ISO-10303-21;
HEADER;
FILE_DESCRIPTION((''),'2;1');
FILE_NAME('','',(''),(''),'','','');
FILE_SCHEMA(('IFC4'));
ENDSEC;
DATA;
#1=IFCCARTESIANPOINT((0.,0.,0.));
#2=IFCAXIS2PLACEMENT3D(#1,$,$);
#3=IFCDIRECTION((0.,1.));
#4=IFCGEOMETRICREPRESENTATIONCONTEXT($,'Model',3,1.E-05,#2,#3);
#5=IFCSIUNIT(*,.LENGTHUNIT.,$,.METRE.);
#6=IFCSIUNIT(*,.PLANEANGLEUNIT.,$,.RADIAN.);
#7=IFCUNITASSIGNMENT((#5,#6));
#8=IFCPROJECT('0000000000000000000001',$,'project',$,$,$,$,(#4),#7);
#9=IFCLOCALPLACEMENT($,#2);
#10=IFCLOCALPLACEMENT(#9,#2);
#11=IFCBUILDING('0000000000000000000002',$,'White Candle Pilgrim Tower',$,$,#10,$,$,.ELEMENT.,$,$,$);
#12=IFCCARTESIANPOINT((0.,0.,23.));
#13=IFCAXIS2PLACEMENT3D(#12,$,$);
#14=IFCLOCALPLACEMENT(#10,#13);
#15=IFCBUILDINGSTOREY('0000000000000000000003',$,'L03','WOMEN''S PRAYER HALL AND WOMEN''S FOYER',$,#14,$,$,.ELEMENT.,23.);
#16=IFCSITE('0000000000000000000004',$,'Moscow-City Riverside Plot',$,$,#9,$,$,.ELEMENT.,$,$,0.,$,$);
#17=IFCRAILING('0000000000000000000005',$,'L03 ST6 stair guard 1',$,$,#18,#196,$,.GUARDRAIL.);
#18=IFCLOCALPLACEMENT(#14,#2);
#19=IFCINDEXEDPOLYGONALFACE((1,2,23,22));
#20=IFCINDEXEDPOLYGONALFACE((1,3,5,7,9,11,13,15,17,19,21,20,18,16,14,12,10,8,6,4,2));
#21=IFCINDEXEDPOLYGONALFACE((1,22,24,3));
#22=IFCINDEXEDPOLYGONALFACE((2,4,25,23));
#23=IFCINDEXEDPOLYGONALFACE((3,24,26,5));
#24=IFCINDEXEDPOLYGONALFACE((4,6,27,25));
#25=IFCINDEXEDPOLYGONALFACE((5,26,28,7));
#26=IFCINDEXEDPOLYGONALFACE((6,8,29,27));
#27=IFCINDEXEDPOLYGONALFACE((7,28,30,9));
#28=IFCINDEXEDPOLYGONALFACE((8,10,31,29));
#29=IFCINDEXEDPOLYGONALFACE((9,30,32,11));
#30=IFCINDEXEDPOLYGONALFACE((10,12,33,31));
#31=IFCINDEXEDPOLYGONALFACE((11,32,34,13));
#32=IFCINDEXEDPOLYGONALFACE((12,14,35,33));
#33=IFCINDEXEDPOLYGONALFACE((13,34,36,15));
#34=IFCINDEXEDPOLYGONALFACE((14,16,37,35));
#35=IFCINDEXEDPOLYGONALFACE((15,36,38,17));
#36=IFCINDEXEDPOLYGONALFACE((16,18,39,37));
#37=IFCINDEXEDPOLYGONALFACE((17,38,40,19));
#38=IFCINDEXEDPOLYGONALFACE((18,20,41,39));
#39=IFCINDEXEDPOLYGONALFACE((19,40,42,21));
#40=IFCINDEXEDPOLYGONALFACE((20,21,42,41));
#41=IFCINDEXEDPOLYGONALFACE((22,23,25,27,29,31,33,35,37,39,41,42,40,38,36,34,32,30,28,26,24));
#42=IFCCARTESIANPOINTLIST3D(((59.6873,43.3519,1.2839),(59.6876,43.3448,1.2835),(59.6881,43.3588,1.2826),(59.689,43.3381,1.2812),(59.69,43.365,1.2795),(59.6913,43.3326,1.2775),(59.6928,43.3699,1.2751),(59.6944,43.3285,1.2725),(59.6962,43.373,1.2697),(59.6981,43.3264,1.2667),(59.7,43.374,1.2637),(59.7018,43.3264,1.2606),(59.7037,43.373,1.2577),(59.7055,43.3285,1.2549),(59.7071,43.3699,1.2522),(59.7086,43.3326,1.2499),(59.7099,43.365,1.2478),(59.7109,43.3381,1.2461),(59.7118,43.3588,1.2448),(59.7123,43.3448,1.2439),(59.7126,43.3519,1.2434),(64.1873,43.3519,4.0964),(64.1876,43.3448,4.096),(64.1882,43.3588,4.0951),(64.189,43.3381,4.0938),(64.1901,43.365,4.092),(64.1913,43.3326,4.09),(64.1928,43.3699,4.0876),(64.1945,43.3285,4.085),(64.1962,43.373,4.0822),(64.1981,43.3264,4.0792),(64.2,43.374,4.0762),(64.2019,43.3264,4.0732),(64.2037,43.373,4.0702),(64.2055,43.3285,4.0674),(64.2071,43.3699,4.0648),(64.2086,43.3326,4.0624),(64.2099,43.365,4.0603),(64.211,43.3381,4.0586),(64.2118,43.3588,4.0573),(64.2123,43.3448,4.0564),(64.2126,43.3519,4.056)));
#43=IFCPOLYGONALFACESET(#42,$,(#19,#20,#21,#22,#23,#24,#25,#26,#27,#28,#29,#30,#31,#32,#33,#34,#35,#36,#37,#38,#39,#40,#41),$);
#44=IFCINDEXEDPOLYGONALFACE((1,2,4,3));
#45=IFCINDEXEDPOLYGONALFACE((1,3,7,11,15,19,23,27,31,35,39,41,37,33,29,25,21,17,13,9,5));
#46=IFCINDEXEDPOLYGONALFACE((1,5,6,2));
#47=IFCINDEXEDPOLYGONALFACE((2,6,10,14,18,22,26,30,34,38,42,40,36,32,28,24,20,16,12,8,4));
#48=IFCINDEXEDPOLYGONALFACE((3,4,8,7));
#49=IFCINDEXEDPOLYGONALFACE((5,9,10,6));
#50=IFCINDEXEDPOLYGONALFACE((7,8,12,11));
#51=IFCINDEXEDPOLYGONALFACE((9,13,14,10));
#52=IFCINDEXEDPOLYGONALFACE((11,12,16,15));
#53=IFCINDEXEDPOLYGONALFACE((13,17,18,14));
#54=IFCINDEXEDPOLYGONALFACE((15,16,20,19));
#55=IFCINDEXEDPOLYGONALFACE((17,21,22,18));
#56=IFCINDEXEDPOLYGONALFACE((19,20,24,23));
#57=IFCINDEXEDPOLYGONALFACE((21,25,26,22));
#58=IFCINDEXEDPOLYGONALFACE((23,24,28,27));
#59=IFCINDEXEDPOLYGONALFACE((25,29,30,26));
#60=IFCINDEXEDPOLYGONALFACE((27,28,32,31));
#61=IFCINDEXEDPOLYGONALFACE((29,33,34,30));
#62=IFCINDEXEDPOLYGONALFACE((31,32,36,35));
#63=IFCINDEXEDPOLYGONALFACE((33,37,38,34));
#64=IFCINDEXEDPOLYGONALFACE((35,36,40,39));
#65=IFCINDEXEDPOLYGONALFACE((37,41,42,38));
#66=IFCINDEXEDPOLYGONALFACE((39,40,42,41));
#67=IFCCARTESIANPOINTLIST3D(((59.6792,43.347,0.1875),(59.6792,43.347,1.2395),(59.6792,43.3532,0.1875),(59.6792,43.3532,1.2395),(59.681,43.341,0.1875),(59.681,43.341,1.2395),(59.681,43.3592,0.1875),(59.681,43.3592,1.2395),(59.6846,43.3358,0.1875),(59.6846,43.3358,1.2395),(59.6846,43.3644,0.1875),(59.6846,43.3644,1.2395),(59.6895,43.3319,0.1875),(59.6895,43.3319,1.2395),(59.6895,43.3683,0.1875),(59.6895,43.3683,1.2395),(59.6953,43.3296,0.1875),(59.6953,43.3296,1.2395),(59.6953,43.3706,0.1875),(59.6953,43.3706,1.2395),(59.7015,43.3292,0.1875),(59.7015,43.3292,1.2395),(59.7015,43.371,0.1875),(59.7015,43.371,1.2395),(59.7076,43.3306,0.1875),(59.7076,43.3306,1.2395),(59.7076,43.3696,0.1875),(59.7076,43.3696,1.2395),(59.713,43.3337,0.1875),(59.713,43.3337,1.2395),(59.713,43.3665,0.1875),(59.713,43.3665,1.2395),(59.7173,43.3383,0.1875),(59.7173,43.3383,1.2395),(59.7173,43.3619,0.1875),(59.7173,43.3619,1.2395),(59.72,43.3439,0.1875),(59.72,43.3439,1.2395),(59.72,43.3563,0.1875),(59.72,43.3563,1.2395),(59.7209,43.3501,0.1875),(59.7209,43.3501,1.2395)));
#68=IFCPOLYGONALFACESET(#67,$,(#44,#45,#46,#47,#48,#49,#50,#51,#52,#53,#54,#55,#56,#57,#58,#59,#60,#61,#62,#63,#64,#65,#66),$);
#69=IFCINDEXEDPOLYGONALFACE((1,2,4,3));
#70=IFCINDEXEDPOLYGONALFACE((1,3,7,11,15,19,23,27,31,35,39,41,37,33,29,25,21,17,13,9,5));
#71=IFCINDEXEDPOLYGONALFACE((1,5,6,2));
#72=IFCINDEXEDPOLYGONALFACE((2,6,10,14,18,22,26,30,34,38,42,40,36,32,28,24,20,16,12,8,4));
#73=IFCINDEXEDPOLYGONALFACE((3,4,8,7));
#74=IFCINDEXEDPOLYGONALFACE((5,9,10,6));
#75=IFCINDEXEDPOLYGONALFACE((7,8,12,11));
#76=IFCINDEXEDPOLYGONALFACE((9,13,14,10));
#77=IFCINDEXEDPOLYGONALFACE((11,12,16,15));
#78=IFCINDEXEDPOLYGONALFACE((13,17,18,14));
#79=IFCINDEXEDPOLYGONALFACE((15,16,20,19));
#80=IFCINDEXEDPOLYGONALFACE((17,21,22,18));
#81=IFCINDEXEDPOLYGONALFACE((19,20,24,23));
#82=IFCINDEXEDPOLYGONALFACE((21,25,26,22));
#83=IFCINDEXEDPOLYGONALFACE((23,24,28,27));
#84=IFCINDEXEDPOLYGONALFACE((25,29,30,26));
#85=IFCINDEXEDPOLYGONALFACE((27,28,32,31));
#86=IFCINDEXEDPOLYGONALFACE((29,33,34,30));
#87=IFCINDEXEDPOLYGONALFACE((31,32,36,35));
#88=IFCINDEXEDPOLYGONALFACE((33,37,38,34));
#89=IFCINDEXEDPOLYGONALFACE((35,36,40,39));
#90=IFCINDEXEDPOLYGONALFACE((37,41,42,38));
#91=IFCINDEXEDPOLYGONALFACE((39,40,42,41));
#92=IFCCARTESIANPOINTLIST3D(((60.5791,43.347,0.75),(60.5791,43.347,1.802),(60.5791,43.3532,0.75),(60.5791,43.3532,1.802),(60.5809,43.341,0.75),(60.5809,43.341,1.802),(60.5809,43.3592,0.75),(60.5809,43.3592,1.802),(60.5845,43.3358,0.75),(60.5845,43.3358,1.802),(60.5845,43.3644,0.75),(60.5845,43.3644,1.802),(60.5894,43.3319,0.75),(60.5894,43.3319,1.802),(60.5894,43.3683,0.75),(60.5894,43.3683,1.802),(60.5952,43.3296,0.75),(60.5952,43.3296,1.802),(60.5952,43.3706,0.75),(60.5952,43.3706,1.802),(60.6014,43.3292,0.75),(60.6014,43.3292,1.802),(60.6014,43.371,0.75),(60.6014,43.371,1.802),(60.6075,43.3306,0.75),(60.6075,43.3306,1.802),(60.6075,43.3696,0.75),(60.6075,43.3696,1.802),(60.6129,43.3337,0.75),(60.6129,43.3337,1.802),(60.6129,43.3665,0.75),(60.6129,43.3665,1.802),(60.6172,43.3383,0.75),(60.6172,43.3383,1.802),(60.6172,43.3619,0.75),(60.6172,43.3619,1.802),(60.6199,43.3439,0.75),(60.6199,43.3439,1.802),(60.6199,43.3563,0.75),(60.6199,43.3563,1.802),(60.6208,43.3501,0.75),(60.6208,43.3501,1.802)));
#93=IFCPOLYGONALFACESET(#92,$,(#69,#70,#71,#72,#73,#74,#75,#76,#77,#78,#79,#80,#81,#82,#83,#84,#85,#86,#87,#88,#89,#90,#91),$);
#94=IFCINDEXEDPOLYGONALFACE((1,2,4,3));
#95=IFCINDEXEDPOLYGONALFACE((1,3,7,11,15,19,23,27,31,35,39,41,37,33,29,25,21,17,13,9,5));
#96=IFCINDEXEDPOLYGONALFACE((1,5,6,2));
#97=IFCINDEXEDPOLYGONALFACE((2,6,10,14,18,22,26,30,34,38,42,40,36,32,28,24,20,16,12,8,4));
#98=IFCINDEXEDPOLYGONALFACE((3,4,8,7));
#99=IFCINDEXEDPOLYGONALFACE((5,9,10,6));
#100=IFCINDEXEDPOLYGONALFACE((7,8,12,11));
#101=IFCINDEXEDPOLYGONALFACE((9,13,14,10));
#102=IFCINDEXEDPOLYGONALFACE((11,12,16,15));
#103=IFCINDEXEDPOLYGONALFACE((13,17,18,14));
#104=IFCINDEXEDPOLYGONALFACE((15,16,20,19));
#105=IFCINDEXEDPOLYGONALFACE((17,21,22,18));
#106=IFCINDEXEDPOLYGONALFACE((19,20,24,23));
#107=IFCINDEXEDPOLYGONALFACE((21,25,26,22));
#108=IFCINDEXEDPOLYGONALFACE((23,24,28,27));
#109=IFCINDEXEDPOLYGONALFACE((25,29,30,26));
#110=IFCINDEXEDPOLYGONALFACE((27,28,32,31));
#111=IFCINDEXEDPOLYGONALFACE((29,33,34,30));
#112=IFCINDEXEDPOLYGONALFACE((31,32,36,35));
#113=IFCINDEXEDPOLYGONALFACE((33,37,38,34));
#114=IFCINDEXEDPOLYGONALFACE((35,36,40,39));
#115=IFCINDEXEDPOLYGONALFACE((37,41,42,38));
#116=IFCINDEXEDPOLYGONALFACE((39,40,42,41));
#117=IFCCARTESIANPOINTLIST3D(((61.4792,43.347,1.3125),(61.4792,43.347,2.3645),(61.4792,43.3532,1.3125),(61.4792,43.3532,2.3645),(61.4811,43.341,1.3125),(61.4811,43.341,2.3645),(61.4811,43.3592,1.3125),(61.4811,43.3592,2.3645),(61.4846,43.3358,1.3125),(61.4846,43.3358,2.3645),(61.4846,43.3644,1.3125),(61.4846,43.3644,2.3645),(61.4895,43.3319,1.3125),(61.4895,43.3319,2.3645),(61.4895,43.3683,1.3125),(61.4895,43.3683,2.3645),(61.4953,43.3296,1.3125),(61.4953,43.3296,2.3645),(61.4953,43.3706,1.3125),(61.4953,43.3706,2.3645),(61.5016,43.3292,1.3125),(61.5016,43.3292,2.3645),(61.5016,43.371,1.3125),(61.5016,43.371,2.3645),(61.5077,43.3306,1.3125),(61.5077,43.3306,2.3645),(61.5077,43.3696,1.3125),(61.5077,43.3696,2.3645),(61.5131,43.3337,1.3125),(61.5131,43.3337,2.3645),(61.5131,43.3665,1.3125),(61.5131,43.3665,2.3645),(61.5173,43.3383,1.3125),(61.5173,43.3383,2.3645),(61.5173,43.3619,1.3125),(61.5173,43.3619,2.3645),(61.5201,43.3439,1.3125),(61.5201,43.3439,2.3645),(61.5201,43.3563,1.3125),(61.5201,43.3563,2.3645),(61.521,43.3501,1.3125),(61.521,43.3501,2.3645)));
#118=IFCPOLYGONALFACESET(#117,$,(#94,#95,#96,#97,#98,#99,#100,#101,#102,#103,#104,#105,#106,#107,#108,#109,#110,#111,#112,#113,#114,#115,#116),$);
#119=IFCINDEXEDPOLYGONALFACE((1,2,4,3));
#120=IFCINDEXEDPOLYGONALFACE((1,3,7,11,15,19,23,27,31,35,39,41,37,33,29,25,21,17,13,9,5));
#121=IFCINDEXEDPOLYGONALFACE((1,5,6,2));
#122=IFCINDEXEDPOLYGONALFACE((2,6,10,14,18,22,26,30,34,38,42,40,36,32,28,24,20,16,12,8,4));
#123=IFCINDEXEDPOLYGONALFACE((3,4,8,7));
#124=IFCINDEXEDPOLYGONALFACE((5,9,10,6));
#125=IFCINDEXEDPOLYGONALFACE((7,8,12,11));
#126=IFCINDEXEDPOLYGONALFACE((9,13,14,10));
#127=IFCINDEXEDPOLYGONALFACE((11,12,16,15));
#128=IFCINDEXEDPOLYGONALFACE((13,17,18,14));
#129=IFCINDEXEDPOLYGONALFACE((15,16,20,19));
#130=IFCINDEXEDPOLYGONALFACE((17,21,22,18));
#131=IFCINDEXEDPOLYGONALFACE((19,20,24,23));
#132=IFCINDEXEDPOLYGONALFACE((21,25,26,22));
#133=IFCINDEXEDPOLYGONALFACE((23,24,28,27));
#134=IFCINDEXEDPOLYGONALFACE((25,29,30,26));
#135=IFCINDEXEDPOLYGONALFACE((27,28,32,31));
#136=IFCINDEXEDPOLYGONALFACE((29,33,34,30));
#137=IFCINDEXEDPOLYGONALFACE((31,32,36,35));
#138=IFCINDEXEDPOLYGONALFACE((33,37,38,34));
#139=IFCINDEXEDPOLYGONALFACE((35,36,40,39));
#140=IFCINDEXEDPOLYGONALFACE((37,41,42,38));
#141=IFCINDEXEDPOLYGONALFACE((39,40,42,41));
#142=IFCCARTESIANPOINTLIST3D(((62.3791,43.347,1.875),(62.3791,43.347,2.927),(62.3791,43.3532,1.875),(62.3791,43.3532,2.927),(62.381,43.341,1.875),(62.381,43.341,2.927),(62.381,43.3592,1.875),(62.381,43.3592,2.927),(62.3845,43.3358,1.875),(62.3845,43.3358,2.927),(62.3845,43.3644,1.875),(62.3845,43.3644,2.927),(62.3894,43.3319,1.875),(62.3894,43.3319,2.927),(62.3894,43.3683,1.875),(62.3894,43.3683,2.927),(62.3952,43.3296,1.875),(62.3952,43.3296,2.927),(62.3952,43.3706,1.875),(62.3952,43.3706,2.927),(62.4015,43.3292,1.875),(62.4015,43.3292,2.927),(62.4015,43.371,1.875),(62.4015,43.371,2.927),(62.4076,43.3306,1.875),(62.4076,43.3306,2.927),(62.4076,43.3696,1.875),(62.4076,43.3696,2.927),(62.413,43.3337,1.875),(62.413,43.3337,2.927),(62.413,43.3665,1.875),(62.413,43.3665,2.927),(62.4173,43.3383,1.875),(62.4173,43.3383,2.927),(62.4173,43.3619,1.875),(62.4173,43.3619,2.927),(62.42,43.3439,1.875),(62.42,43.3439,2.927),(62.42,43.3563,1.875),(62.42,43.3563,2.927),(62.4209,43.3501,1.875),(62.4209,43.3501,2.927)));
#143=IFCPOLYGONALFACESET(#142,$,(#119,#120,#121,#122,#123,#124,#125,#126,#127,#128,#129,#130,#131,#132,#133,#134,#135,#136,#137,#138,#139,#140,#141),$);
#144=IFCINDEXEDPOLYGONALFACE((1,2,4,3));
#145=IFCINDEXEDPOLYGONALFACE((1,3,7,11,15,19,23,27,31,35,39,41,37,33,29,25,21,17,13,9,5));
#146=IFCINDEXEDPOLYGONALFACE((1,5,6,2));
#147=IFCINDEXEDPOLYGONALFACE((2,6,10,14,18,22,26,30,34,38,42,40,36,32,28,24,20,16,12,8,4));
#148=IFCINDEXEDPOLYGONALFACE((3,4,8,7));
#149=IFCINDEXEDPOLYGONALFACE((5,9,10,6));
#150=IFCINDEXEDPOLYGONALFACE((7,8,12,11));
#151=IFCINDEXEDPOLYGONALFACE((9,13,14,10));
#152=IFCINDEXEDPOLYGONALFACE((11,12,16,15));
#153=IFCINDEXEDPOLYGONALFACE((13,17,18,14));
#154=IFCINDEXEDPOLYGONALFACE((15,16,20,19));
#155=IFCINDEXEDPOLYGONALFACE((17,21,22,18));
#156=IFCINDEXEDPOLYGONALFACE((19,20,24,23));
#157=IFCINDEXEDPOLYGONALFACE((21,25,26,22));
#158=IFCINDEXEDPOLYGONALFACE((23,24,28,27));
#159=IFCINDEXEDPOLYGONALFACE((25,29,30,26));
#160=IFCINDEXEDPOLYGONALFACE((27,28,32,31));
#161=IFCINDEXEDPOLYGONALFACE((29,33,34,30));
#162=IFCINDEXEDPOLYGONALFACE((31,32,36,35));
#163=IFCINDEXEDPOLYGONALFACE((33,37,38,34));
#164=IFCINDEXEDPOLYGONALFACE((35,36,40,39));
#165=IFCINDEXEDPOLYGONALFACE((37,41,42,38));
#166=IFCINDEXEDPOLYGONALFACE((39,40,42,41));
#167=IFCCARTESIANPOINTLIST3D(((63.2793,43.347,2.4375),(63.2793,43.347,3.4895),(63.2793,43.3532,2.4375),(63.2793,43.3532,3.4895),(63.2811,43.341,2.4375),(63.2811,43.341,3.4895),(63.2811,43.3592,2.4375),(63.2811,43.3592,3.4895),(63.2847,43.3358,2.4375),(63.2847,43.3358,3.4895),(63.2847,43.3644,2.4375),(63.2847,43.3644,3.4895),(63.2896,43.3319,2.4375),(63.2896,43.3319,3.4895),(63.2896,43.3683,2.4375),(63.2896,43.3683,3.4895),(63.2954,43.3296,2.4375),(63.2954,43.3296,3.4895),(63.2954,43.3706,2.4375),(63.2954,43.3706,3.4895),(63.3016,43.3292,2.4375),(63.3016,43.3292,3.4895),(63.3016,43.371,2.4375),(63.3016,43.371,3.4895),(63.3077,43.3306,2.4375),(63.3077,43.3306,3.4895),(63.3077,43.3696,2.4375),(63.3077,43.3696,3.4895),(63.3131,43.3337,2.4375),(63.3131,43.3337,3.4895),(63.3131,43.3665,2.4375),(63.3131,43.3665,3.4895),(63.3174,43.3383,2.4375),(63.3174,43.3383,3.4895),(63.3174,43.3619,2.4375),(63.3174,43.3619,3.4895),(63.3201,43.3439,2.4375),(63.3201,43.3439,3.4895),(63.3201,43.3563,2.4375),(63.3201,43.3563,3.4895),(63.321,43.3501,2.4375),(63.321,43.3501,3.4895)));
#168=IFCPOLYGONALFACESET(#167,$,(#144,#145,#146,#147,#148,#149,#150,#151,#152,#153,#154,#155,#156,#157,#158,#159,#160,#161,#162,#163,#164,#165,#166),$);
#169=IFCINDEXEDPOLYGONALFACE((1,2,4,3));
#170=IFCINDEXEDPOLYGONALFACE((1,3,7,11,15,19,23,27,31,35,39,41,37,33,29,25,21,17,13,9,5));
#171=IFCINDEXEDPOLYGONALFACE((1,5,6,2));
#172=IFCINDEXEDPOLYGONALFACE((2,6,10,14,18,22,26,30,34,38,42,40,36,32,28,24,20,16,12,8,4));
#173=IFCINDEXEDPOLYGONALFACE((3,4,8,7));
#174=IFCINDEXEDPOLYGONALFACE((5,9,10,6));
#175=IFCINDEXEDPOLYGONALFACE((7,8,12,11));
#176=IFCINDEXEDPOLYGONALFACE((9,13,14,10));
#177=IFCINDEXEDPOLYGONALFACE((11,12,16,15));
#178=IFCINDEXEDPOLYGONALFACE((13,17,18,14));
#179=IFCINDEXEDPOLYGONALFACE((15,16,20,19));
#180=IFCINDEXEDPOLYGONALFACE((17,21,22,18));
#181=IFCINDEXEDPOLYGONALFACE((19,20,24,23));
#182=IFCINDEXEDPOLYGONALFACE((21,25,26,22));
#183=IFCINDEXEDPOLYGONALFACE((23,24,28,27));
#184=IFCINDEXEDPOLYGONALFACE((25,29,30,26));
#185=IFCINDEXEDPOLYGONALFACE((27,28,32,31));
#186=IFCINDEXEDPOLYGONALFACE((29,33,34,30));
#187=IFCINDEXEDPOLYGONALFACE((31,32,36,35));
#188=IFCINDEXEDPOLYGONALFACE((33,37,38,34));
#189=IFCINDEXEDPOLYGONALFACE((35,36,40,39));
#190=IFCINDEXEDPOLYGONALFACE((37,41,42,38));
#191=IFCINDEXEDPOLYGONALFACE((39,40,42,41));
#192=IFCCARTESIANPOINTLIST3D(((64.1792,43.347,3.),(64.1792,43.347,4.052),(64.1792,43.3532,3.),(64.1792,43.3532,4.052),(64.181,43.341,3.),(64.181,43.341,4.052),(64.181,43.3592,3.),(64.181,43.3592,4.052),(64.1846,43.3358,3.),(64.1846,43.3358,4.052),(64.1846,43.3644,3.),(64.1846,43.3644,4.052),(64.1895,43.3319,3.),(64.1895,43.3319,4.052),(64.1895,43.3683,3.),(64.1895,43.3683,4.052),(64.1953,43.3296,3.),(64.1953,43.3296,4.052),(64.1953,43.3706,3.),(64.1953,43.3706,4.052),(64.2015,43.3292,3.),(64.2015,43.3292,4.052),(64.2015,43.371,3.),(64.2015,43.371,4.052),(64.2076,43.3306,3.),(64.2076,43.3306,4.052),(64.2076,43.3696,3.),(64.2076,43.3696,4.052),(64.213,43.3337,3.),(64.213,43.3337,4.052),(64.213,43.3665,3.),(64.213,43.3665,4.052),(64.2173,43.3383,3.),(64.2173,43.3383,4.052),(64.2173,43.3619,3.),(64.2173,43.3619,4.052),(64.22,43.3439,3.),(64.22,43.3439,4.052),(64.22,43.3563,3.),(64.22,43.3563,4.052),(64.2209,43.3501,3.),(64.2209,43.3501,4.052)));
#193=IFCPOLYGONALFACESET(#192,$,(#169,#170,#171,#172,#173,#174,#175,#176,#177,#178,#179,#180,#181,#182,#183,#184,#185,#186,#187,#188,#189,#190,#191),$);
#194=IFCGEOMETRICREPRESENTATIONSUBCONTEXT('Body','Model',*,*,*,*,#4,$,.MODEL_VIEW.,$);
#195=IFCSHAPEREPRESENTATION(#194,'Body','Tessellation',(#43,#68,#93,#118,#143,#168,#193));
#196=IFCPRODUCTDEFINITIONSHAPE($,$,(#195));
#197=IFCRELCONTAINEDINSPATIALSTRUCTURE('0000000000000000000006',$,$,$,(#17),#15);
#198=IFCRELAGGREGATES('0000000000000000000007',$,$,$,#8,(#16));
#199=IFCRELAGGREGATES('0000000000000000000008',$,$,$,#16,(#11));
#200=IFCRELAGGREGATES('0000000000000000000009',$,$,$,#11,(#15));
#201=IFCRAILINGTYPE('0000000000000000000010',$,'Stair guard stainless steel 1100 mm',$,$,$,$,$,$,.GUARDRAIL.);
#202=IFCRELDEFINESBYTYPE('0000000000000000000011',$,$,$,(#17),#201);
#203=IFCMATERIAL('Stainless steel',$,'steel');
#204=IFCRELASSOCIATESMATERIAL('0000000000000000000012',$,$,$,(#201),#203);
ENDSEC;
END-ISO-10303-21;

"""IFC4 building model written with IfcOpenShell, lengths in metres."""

from ifc_helpers import new_model, si_unit, direction, frame, origin, origin_2d, place, context, subcontext, project, spatial, circle, extrude, material, type_object, element, save


model = new_model("IFC4")

# Units and contexts
model_context = context("Model", 3, precision=1e-05, world=origin(), true_north=direction((0.0, 1.0)))
body_context = subcontext(model_context, "Body", "Model", "MODEL_VIEW")
ifc_project = project(units=[si_unit("LENGTHUNIT", "METRE"), si_unit("PLANEANGLEUNIT", "RADIAN")], contexts=[model_context])

# Site, building, storey
site_placement = place(None, origin())
site = spatial("IfcSite", under=ifc_project, at=site_placement, Name="Moscow-City Riverside Plot", CompositionType="ELEMENT", RefElevation=0.0)
building_placement = place(site_placement, origin())
building = spatial("IfcBuilding", under=site, at=building_placement, Name="White Candle Pilgrim Tower", CompositionType="ELEMENT")
storey_placement = place(building_placement, frame((0.0, 0.0, 23.0)))
storey = spatial("IfcBuildingStorey", under=building, at=storey_placement, Name="L03", Description="WOMEN'S PRAYER HALL AND WOMEN'S FOYER", CompositionType="ELEMENT", Elevation=23.0)

# Railing
ifc_material_1 = material(Name="Stainless steel", Category="steel")
railing_type_1 = type_object("IfcRailingType", Name="Stair guard stainless steel 1100 mm", PredefinedType="GUARDRAIL", material=ifc_material_1)
railing_1_placement = place(storey_placement, frame((59.7, 43.3501, 0.1875)))
element("IfcRailing", 1, at=railing_1_placement, inside=storey, type_object=railing_type_1, Name="L03 ST6 stair guard 1", PredefinedType="GUARDRAIL", context=body_context, shape_type="SweptSolid", body=[
    extrude(circle(Radius=0.0239, at=origin_2d()), frame((0.0, 0.0, 1.0762), z_axis=(0.847998, 0.0, 0.529999), x_axis=(0.0, 1.0, 0.0)), (0.0, 0.0, 1.0), 5.3066),
    extrude(circle(Radius=0.021, at=origin_2d()), origin(), (0.0, 0.0, 1.0), 1.052),
    extrude(circle(Radius=0.021, at=origin_2d()), frame((0.8999, 0.0, 0.5625)), (0.0, 0.0, 1.0), 1.052),
    extrude(circle(Radius=0.021, at=origin_2d()), frame((1.8, 0.0, 1.125)), (0.0, 0.0, 1.0), 1.052),
    extrude(circle(Radius=0.021, at=origin_2d()), frame((2.7, 0.0, 1.6875)), (0.0, 0.0, 1.0), 1.052),
    extrude(circle(Radius=0.021, at=origin_2d()), frame((3.6001, 0.0, 2.25)), (0.0, 0.0, 1.0), 1.052),
    extrude(circle(Radius=0.021, at=origin_2d()), frame((4.5, 0.0, 2.8125)), (0.0, 0.0, 1.0), 1.052),
])

save(model, "model.ifc")
